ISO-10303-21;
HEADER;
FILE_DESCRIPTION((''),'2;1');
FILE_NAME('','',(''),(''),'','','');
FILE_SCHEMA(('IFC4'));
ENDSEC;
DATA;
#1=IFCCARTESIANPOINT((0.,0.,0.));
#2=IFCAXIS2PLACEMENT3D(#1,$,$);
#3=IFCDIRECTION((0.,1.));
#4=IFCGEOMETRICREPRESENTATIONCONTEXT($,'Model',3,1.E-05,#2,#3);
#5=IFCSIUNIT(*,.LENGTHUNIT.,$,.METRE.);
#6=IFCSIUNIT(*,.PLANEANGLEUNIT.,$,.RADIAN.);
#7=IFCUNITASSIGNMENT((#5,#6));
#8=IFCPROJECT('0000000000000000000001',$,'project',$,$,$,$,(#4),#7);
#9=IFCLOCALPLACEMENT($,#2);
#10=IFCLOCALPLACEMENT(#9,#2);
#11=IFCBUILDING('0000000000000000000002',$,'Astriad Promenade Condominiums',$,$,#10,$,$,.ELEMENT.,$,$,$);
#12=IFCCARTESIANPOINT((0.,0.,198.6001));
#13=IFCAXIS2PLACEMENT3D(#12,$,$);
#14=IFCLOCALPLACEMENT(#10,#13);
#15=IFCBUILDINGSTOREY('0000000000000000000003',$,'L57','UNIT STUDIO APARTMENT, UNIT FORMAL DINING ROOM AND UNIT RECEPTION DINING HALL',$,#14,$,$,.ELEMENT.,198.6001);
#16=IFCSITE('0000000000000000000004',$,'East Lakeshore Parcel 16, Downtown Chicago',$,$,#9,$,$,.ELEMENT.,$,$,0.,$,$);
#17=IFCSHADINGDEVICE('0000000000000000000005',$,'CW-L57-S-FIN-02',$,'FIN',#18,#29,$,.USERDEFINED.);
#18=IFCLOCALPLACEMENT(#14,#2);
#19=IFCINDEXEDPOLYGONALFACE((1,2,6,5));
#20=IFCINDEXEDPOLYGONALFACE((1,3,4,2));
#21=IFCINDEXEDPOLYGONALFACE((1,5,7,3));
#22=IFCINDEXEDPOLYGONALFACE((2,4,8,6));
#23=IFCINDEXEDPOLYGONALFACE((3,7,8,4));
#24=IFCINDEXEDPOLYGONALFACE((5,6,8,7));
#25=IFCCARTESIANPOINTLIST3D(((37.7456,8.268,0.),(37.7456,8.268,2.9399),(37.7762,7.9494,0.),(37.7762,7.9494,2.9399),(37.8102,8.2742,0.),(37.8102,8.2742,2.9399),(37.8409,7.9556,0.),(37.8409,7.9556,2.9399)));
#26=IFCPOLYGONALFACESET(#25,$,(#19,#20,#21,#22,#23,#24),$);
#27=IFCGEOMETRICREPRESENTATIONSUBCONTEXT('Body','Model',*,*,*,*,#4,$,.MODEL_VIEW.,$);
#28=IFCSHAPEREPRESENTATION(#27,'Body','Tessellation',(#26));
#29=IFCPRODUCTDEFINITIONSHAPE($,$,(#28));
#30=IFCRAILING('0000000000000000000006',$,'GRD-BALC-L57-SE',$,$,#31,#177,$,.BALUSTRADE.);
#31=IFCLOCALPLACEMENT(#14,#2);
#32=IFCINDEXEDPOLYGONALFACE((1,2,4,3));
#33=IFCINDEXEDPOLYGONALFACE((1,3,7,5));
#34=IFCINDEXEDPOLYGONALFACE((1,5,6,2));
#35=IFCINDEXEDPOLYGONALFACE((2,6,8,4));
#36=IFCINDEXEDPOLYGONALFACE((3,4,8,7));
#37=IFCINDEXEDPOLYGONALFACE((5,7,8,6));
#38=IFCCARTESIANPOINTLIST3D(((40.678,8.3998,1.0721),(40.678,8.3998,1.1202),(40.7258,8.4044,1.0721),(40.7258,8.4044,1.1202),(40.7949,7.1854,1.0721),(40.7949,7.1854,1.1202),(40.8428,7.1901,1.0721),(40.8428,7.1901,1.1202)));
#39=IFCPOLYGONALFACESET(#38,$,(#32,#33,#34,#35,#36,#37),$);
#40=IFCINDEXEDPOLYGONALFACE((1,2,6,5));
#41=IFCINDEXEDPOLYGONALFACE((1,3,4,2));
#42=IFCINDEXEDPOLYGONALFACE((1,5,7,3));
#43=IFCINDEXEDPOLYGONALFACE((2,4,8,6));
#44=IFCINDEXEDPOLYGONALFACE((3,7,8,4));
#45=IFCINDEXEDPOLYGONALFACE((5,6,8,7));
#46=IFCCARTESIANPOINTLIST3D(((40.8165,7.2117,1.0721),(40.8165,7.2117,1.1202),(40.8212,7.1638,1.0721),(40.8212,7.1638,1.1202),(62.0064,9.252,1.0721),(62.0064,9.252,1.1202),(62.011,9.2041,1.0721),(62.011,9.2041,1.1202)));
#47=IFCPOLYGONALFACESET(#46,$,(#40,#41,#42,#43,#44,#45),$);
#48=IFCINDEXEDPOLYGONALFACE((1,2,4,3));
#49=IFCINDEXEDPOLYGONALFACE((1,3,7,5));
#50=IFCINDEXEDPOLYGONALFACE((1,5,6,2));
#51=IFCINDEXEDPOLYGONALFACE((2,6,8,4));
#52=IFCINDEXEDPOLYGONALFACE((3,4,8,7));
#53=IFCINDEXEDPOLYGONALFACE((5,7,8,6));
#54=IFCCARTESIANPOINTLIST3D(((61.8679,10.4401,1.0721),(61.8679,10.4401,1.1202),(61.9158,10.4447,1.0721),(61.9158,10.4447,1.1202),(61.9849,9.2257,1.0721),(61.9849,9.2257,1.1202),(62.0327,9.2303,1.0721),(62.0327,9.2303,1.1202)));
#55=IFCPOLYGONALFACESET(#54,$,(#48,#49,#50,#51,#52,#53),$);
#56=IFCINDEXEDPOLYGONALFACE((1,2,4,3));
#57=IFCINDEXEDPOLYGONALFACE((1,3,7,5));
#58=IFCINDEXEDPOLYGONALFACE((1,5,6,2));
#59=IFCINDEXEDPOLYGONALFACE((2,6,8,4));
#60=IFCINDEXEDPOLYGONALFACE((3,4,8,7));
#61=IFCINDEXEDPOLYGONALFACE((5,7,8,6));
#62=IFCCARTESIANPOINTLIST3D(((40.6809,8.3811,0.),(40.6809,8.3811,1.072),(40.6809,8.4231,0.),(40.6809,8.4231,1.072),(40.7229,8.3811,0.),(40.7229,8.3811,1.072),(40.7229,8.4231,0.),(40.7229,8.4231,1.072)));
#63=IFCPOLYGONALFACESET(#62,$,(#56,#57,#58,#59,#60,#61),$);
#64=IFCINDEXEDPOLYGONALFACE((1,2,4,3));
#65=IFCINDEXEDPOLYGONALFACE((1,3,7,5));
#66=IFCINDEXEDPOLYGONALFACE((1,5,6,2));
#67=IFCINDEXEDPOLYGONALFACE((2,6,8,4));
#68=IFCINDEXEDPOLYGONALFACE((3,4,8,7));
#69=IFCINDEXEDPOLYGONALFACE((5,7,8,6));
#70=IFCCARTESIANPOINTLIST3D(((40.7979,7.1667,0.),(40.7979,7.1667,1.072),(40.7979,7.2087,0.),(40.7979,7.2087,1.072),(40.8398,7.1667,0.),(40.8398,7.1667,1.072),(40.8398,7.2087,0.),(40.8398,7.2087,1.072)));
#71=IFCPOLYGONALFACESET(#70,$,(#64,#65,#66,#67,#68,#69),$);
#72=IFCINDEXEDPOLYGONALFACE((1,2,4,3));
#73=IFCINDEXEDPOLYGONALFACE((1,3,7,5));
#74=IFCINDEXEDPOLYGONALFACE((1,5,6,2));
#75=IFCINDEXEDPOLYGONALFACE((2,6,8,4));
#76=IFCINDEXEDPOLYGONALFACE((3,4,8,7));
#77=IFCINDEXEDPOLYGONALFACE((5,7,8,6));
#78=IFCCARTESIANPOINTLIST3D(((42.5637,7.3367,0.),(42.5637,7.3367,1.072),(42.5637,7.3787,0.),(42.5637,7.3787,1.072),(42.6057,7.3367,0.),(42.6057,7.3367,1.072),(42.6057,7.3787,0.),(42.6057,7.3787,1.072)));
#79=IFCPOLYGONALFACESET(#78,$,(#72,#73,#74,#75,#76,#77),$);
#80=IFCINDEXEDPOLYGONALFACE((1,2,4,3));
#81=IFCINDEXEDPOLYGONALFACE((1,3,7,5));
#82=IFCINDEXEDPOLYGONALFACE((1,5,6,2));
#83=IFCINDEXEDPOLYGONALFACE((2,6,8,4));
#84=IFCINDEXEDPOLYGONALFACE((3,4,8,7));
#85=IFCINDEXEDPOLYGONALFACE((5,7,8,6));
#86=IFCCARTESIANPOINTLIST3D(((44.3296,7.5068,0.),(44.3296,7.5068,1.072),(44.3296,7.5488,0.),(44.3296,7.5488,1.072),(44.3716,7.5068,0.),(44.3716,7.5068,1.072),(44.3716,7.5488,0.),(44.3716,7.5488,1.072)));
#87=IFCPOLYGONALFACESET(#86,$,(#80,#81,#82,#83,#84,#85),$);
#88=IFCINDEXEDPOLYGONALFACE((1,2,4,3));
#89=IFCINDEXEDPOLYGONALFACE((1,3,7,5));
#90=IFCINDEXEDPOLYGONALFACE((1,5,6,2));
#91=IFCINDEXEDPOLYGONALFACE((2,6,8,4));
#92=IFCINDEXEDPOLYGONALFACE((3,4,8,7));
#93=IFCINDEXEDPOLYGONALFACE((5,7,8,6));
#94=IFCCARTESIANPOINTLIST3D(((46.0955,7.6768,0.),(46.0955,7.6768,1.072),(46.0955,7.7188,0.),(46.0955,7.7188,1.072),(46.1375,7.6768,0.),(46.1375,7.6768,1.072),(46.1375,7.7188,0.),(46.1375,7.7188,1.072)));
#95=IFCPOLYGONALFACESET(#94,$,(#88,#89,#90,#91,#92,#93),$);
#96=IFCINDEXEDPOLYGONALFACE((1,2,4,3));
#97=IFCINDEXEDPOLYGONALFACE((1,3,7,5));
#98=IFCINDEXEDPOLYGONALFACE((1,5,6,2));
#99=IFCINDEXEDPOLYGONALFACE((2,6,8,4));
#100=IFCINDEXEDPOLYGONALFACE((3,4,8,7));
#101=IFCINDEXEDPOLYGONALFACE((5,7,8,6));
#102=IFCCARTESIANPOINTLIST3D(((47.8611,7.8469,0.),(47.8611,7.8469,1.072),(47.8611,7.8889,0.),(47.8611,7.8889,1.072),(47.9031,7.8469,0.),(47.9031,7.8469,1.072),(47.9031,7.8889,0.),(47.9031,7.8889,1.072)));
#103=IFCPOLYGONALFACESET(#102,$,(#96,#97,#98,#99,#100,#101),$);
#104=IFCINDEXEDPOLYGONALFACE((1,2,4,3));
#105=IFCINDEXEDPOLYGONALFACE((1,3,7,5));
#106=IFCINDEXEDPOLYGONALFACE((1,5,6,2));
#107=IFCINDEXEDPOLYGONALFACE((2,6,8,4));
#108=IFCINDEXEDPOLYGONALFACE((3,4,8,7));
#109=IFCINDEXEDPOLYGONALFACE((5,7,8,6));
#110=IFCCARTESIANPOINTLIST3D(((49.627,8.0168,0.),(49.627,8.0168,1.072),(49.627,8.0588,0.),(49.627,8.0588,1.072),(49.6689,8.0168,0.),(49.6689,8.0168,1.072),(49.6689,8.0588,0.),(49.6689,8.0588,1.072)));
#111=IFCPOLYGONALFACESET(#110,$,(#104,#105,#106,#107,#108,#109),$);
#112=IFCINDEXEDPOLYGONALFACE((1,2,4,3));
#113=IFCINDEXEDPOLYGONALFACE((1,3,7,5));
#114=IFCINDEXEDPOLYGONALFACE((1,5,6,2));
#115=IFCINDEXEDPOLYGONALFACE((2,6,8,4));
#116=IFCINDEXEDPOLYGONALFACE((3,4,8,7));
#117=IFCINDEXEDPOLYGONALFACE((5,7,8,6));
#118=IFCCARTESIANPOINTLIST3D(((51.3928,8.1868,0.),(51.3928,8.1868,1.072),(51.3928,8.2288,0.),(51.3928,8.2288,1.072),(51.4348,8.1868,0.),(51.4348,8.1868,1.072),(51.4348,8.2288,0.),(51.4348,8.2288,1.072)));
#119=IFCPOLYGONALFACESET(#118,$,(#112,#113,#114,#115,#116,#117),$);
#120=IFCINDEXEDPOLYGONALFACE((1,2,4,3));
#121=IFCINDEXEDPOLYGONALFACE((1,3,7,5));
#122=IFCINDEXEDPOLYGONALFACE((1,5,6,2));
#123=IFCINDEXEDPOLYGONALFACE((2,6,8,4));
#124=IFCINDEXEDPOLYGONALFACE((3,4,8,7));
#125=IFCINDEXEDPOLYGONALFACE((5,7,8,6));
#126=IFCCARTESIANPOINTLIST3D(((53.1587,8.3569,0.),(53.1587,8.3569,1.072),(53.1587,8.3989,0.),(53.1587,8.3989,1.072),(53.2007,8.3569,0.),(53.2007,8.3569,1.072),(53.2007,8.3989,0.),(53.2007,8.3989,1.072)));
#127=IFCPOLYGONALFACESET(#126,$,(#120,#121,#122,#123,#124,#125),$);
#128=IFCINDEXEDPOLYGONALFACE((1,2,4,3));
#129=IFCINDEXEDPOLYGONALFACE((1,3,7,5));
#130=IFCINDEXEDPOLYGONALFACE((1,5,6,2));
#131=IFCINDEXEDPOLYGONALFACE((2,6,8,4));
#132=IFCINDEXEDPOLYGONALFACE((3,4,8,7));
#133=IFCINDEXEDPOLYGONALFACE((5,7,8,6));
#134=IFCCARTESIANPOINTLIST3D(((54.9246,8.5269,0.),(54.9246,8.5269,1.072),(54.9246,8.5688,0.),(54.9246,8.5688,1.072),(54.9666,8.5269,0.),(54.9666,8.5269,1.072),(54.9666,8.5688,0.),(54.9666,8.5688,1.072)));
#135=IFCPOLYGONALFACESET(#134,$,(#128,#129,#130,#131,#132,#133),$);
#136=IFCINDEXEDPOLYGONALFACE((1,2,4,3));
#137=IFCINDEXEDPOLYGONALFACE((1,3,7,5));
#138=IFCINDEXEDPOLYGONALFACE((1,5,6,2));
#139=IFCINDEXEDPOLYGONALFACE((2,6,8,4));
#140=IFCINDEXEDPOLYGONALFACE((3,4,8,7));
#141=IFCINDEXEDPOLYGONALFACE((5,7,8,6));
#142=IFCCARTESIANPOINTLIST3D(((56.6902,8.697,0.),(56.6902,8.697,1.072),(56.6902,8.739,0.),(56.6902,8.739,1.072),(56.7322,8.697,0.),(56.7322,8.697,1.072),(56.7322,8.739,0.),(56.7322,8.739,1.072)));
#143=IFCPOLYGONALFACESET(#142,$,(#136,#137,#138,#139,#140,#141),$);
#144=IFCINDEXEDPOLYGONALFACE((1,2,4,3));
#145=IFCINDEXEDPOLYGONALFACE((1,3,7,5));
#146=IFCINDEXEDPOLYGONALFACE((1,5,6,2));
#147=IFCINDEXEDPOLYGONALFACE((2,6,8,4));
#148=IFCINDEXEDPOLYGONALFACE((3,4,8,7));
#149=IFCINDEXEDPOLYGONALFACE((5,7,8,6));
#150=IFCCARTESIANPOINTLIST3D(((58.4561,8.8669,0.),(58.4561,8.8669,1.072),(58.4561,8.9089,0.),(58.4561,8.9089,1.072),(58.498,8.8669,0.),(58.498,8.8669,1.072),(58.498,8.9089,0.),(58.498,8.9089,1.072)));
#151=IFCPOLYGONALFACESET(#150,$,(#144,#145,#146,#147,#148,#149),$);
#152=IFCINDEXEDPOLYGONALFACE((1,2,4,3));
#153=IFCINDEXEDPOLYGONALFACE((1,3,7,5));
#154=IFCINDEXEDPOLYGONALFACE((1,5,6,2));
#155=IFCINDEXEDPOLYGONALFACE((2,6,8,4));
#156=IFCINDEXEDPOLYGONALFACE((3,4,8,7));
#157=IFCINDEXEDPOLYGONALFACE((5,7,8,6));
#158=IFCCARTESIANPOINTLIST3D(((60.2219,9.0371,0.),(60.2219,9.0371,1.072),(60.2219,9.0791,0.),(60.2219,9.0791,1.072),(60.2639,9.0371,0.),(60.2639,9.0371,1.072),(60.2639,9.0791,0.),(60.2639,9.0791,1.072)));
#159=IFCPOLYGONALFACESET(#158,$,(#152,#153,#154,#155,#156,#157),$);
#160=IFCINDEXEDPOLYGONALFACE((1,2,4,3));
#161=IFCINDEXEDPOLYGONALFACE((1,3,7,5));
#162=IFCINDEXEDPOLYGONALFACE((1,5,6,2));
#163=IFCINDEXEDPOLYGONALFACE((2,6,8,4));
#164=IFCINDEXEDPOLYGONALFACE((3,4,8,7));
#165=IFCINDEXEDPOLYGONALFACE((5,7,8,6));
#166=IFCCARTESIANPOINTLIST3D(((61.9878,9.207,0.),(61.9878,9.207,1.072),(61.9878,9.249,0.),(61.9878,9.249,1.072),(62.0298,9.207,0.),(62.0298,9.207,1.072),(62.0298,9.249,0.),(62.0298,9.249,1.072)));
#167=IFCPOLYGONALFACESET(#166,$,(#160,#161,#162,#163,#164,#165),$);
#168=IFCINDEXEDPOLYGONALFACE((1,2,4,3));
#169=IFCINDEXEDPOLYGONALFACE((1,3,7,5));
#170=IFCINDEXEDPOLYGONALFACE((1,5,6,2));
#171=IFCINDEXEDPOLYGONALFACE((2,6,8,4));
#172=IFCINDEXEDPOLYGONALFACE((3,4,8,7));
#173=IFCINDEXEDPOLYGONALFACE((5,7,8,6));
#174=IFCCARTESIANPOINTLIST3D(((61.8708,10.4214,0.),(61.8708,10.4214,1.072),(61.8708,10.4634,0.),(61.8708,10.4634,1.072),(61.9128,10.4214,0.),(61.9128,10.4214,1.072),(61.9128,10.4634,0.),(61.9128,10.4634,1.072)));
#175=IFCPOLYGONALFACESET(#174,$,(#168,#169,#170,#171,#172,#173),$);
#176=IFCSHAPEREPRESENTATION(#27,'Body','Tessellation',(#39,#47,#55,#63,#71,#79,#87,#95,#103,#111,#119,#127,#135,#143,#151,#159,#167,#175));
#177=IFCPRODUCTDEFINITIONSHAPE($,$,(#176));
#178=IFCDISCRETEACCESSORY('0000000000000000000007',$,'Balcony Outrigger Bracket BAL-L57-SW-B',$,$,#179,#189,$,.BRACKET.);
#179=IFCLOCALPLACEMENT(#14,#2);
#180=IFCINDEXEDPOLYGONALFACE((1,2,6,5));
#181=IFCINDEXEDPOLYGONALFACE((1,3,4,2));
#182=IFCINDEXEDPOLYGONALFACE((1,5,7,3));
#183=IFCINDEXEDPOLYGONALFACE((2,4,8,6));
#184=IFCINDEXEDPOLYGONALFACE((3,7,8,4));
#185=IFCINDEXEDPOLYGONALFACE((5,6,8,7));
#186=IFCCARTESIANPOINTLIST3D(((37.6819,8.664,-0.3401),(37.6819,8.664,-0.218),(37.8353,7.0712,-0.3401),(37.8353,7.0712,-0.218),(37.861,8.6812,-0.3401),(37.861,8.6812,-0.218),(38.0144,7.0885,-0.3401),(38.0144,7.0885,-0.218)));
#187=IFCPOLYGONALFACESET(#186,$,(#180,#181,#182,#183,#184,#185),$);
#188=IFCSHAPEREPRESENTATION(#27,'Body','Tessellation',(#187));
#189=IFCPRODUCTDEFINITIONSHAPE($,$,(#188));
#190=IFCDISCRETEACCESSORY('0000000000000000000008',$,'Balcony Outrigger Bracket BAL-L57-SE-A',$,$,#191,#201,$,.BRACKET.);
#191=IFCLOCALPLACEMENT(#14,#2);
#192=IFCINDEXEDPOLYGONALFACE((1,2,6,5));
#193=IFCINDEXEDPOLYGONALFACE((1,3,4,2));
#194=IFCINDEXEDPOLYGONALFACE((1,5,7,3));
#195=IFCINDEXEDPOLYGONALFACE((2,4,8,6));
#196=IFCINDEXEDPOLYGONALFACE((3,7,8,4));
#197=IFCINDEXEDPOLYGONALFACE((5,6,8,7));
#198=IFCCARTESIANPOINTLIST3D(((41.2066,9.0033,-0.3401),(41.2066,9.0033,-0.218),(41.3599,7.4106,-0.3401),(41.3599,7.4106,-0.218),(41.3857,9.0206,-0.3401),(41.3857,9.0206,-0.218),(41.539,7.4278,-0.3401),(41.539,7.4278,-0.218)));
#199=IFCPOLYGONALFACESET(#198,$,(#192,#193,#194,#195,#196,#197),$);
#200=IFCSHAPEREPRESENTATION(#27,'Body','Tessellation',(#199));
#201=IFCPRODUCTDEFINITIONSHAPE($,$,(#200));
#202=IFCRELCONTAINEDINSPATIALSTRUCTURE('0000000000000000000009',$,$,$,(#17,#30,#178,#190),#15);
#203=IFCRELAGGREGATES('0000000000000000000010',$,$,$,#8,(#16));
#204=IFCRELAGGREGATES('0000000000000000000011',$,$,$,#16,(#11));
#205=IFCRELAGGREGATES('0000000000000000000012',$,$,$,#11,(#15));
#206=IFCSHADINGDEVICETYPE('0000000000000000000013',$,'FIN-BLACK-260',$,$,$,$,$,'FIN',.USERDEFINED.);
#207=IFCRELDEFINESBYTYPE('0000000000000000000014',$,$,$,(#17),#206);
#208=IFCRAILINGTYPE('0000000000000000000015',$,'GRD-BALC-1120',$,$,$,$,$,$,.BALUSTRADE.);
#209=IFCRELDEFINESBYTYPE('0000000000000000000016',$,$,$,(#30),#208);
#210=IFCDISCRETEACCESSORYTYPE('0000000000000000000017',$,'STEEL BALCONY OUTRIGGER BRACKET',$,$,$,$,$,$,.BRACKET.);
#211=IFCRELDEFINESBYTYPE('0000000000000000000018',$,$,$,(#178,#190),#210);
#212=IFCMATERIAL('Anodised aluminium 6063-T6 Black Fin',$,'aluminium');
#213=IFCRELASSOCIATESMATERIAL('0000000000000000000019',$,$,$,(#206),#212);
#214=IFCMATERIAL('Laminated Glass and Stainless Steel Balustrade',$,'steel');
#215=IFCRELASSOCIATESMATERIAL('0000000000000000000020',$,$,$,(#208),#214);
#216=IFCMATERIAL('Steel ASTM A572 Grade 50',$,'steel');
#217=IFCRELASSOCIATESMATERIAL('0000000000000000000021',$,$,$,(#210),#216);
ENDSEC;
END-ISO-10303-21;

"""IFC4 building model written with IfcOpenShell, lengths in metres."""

from ifc_helpers import new_model, si_unit, direction, frame, origin, origin_2d, place, context, subcontext, project, spatial, rectangle, extrude, source, transform, mapped, material, type_object, type_shapes, element, save


model = new_model("IFC4")

# Units and contexts
model_context = context("Model", 3, precision=1e-05, world=origin(), true_north=direction((0.0, 1.0)))
body_context = subcontext(model_context, "Body", "Model", "MODEL_VIEW")
ifc_project = project(units=[si_unit("LENGTHUNIT", "METRE"), si_unit("PLANEANGLEUNIT", "RADIAN")], contexts=[model_context])

# Site, building, storey
site_placement = place(None, origin())
site = spatial("IfcSite", under=ifc_project, at=site_placement, Name="East Lakeshore Parcel 16, Downtown Chicago", CompositionType="ELEMENT", RefElevation=0.0)
building_placement = place(site_placement, origin())
building = spatial("IfcBuilding", under=site, at=building_placement, Name="Astriad Promenade Condominiums", CompositionType="ELEMENT")
storey_placement = place(building_placement, frame((0.0, 0.0, 198.6001)))
storey = spatial("IfcBuildingStorey", under=building, at=storey_placement, Name="L57", Description="UNIT STUDIO APARTMENT, UNIT FORMAL DINING ROOM AND UNIT RECEPTION DINING HALL", CompositionType="ELEMENT", Elevation=198.6001)

# Shading device
ifc_material_1 = material(Name="Anodised aluminium 6063-T6 Black Fin", Category="aluminium")
shading_device_type = type_object("IfcShadingDeviceType", Name="FIN-BLACK-260", ElementType="FIN", PredefinedType="USERDEFINED", material=ifc_material_1)
shared_shape_1 = source(origin(), body_context, "Body", "SweptSolid", [
    extrude(rectangle(XDim=0.0649, YDim=0.3201, at=origin_2d()), origin(), (0.0, 0.0, 1.0), 2.9399),
])
type_shapes(shading_device_type, [shared_shape_1])
for number, where, z_axis, x_axis, name in (
    (1, (37.7932, 8.1118, 0.0), (0.0, 0.0, 1.0), (-0.995396, -0.095846, 0.0), "CW-L57-S-FIN-02"),
):
    element("IfcShadingDevice", number, at=place(storey_placement, frame(where, z_axis=z_axis, x_axis=x_axis)), inside=storey, type_object=shading_device_type, Name=name, ObjectType="FIN", PredefinedType="USERDEFINED", context=body_context, shape_type="MappedRepresentation", body=[
        mapped(shared_shape_1, transform((0.0, 0.0, 0.0), scale=1.0)),
    ])

# Railing
ifc_material_2 = material(Name="Laminated Glass and Stainless Steel Balustrade", Category="steel")
railing_type = type_object("IfcRailingType", Name="GRD-BALC-1120", PredefinedType="BALUSTRADE", material=ifc_material_2)
shared_shape_2 = source(origin(), body_context, "Body", "SweptSolid", [
    extrude(rectangle(XDim=0.0481, YDim=0.0481, at=origin_2d()), frame((0.0, 0.0, 1.0962), z_axis=(0.095857, -0.995395, 0.0), x_axis=(0.995395, 0.095857, 0.0)), (0.0, 0.0, 1.0), 1.22),
    extrude(rectangle(XDim=0.0481, YDim=0.0481, at=origin_2d()), frame((0.1169, -1.2144, 1.0962), z_axis=(0.995397, 0.095842, 0.0), x_axis=(-0.095842, 0.995397, 0.0)), (0.0, 0.0, 1.0), 21.2878),
    extrude(rectangle(XDim=0.0481, YDim=0.0481, at=origin_2d()), frame((21.3069, 0.8259, 1.0962), z_axis=(-0.095857, 0.995395, 0.0), x_axis=(-0.995395, -0.095857, 0.0)), (0.0, 0.0, 1.0), 1.22),
    extrude(rectangle(XDim=0.042, YDim=0.042, at=origin_2d()), origin(), (0.0, 0.0, 1.0), 1.072),
    extrude(rectangle(XDim=0.042, YDim=0.042, at=origin_2d()), frame((0.1169, -1.2144, 0.0)), (0.0, 0.0, 1.0), 1.072),
    extrude(rectangle(XDim=0.042, YDim=0.042, at=origin_2d()), frame((1.8828, -1.0444, 0.0)), (0.0, 0.0, 1.0), 1.072),
    extrude(rectangle(XDim=0.042, YDim=0.042, at=origin_2d()), frame((3.6487, -0.8743, 0.0)), (0.0, 0.0, 1.0), 1.072),
    extrude(rectangle(XDim=0.042, YDim=0.042, at=origin_2d()), frame((5.4146, -0.7043, 0.0)), (0.0, 0.0, 1.0), 1.072),
    extrude(rectangle(XDim=0.042, YDim=0.042, at=origin_2d()), frame((7.1802, -0.5342, 0.0)), (0.0, 0.0, 1.0), 1.072),
    extrude(rectangle(XDim=0.042, YDim=0.042, at=origin_2d()), frame((8.946, -0.3643, 0.0)), (0.0, 0.0, 1.0), 1.072),
    extrude(rectangle(XDim=0.042, YDim=0.042, at=origin_2d()), frame((10.7119, -0.1943, 0.0)), (0.0, 0.0, 1.0), 1.072),
    extrude(rectangle(XDim=0.042, YDim=0.042, at=origin_2d()), frame((12.4778, -0.0242, 0.0)), (0.0, 0.0, 1.0), 1.072),
    extrude(rectangle(XDim=0.042, YDim=0.042, at=origin_2d()), frame((14.2437, 0.1458, 0.0)), (0.0, 0.0, 1.0), 1.072),
    extrude(rectangle(XDim=0.042, YDim=0.042, at=origin_2d()), frame((16.0093, 0.3159, 0.0)), (0.0, 0.0, 1.0), 1.072),
    extrude(rectangle(XDim=0.042, YDim=0.042, at=origin_2d()), frame((17.7751, 0.4858, 0.0)), (0.0, 0.0, 1.0), 1.072),
    extrude(rectangle(XDim=0.042, YDim=0.042, at=origin_2d()), frame((19.541, 0.656, 0.0)), (0.0, 0.0, 1.0), 1.072),
    extrude(rectangle(XDim=0.042, YDim=0.042, at=origin_2d()), frame((21.3069, 0.8259, 0.0)), (0.0, 0.0, 1.0), 1.072),
    extrude(rectangle(XDim=0.042, YDim=0.042, at=origin_2d()), frame((21.1899, 2.0403, 0.0)), (0.0, 0.0, 1.0), 1.072),
])
type_shapes(railing_type, [shared_shape_2])
railing_placement = place(storey_placement, frame((40.7019, 8.4021, 0.0)))
element("IfcRailing", 2, at=railing_placement, inside=storey, type_object=railing_type, Name="GRD-BALC-L57-SE", PredefinedType="BALUSTRADE", context=body_context, shape_type="MappedRepresentation", body=[
    mapped(shared_shape_2, transform((0.0, 0.0, 0.0), scale=1.0)),
])

# Discrete accessories
ifc_material_3 = material(Name="Steel ASTM A572 Grade 50", Category="steel")
discrete_accessory_type = type_object("IfcDiscreteAccessoryType", Name="STEEL BALCONY OUTRIGGER BRACKET", PredefinedType="BRACKET", material=ifc_material_3)
shared_shape_3 = source(origin(), body_context, "Body", "SweptSolid", [
    extrude(rectangle(XDim=1.6001, YDim=0.1799, at=origin_2d()), origin(), (0.0, 0.0, 1.0), 0.1221),
])
type_shapes(discrete_accessory_type, [shared_shape_3])
for number, where, z_axis, x_axis, name in (
    (3, (37.8481, 7.8762, -0.3401), (0.0, 0.0, 1.0), (0.095846, -0.995396, 0.0), "Balcony Outrigger Bracket BAL-L57-SW-B"),
    (4, (41.3728, 8.2156, -0.3401), (0.0, 0.0, 1.0), (0.095846, -0.995396, 0.0), "Balcony Outrigger Bracket BAL-L57-SE-A"),
):
    element("IfcDiscreteAccessory", number, at=place(storey_placement, frame(where, z_axis=z_axis, x_axis=x_axis)), inside=storey, type_object=discrete_accessory_type, Name=name, PredefinedType="BRACKET", context=body_context, shape_type="MappedRepresentation", body=[
        mapped(shared_shape_3, transform((0.0, 0.0, 0.0), scale=1.0)),
    ])

save(model, "model.ifc")
